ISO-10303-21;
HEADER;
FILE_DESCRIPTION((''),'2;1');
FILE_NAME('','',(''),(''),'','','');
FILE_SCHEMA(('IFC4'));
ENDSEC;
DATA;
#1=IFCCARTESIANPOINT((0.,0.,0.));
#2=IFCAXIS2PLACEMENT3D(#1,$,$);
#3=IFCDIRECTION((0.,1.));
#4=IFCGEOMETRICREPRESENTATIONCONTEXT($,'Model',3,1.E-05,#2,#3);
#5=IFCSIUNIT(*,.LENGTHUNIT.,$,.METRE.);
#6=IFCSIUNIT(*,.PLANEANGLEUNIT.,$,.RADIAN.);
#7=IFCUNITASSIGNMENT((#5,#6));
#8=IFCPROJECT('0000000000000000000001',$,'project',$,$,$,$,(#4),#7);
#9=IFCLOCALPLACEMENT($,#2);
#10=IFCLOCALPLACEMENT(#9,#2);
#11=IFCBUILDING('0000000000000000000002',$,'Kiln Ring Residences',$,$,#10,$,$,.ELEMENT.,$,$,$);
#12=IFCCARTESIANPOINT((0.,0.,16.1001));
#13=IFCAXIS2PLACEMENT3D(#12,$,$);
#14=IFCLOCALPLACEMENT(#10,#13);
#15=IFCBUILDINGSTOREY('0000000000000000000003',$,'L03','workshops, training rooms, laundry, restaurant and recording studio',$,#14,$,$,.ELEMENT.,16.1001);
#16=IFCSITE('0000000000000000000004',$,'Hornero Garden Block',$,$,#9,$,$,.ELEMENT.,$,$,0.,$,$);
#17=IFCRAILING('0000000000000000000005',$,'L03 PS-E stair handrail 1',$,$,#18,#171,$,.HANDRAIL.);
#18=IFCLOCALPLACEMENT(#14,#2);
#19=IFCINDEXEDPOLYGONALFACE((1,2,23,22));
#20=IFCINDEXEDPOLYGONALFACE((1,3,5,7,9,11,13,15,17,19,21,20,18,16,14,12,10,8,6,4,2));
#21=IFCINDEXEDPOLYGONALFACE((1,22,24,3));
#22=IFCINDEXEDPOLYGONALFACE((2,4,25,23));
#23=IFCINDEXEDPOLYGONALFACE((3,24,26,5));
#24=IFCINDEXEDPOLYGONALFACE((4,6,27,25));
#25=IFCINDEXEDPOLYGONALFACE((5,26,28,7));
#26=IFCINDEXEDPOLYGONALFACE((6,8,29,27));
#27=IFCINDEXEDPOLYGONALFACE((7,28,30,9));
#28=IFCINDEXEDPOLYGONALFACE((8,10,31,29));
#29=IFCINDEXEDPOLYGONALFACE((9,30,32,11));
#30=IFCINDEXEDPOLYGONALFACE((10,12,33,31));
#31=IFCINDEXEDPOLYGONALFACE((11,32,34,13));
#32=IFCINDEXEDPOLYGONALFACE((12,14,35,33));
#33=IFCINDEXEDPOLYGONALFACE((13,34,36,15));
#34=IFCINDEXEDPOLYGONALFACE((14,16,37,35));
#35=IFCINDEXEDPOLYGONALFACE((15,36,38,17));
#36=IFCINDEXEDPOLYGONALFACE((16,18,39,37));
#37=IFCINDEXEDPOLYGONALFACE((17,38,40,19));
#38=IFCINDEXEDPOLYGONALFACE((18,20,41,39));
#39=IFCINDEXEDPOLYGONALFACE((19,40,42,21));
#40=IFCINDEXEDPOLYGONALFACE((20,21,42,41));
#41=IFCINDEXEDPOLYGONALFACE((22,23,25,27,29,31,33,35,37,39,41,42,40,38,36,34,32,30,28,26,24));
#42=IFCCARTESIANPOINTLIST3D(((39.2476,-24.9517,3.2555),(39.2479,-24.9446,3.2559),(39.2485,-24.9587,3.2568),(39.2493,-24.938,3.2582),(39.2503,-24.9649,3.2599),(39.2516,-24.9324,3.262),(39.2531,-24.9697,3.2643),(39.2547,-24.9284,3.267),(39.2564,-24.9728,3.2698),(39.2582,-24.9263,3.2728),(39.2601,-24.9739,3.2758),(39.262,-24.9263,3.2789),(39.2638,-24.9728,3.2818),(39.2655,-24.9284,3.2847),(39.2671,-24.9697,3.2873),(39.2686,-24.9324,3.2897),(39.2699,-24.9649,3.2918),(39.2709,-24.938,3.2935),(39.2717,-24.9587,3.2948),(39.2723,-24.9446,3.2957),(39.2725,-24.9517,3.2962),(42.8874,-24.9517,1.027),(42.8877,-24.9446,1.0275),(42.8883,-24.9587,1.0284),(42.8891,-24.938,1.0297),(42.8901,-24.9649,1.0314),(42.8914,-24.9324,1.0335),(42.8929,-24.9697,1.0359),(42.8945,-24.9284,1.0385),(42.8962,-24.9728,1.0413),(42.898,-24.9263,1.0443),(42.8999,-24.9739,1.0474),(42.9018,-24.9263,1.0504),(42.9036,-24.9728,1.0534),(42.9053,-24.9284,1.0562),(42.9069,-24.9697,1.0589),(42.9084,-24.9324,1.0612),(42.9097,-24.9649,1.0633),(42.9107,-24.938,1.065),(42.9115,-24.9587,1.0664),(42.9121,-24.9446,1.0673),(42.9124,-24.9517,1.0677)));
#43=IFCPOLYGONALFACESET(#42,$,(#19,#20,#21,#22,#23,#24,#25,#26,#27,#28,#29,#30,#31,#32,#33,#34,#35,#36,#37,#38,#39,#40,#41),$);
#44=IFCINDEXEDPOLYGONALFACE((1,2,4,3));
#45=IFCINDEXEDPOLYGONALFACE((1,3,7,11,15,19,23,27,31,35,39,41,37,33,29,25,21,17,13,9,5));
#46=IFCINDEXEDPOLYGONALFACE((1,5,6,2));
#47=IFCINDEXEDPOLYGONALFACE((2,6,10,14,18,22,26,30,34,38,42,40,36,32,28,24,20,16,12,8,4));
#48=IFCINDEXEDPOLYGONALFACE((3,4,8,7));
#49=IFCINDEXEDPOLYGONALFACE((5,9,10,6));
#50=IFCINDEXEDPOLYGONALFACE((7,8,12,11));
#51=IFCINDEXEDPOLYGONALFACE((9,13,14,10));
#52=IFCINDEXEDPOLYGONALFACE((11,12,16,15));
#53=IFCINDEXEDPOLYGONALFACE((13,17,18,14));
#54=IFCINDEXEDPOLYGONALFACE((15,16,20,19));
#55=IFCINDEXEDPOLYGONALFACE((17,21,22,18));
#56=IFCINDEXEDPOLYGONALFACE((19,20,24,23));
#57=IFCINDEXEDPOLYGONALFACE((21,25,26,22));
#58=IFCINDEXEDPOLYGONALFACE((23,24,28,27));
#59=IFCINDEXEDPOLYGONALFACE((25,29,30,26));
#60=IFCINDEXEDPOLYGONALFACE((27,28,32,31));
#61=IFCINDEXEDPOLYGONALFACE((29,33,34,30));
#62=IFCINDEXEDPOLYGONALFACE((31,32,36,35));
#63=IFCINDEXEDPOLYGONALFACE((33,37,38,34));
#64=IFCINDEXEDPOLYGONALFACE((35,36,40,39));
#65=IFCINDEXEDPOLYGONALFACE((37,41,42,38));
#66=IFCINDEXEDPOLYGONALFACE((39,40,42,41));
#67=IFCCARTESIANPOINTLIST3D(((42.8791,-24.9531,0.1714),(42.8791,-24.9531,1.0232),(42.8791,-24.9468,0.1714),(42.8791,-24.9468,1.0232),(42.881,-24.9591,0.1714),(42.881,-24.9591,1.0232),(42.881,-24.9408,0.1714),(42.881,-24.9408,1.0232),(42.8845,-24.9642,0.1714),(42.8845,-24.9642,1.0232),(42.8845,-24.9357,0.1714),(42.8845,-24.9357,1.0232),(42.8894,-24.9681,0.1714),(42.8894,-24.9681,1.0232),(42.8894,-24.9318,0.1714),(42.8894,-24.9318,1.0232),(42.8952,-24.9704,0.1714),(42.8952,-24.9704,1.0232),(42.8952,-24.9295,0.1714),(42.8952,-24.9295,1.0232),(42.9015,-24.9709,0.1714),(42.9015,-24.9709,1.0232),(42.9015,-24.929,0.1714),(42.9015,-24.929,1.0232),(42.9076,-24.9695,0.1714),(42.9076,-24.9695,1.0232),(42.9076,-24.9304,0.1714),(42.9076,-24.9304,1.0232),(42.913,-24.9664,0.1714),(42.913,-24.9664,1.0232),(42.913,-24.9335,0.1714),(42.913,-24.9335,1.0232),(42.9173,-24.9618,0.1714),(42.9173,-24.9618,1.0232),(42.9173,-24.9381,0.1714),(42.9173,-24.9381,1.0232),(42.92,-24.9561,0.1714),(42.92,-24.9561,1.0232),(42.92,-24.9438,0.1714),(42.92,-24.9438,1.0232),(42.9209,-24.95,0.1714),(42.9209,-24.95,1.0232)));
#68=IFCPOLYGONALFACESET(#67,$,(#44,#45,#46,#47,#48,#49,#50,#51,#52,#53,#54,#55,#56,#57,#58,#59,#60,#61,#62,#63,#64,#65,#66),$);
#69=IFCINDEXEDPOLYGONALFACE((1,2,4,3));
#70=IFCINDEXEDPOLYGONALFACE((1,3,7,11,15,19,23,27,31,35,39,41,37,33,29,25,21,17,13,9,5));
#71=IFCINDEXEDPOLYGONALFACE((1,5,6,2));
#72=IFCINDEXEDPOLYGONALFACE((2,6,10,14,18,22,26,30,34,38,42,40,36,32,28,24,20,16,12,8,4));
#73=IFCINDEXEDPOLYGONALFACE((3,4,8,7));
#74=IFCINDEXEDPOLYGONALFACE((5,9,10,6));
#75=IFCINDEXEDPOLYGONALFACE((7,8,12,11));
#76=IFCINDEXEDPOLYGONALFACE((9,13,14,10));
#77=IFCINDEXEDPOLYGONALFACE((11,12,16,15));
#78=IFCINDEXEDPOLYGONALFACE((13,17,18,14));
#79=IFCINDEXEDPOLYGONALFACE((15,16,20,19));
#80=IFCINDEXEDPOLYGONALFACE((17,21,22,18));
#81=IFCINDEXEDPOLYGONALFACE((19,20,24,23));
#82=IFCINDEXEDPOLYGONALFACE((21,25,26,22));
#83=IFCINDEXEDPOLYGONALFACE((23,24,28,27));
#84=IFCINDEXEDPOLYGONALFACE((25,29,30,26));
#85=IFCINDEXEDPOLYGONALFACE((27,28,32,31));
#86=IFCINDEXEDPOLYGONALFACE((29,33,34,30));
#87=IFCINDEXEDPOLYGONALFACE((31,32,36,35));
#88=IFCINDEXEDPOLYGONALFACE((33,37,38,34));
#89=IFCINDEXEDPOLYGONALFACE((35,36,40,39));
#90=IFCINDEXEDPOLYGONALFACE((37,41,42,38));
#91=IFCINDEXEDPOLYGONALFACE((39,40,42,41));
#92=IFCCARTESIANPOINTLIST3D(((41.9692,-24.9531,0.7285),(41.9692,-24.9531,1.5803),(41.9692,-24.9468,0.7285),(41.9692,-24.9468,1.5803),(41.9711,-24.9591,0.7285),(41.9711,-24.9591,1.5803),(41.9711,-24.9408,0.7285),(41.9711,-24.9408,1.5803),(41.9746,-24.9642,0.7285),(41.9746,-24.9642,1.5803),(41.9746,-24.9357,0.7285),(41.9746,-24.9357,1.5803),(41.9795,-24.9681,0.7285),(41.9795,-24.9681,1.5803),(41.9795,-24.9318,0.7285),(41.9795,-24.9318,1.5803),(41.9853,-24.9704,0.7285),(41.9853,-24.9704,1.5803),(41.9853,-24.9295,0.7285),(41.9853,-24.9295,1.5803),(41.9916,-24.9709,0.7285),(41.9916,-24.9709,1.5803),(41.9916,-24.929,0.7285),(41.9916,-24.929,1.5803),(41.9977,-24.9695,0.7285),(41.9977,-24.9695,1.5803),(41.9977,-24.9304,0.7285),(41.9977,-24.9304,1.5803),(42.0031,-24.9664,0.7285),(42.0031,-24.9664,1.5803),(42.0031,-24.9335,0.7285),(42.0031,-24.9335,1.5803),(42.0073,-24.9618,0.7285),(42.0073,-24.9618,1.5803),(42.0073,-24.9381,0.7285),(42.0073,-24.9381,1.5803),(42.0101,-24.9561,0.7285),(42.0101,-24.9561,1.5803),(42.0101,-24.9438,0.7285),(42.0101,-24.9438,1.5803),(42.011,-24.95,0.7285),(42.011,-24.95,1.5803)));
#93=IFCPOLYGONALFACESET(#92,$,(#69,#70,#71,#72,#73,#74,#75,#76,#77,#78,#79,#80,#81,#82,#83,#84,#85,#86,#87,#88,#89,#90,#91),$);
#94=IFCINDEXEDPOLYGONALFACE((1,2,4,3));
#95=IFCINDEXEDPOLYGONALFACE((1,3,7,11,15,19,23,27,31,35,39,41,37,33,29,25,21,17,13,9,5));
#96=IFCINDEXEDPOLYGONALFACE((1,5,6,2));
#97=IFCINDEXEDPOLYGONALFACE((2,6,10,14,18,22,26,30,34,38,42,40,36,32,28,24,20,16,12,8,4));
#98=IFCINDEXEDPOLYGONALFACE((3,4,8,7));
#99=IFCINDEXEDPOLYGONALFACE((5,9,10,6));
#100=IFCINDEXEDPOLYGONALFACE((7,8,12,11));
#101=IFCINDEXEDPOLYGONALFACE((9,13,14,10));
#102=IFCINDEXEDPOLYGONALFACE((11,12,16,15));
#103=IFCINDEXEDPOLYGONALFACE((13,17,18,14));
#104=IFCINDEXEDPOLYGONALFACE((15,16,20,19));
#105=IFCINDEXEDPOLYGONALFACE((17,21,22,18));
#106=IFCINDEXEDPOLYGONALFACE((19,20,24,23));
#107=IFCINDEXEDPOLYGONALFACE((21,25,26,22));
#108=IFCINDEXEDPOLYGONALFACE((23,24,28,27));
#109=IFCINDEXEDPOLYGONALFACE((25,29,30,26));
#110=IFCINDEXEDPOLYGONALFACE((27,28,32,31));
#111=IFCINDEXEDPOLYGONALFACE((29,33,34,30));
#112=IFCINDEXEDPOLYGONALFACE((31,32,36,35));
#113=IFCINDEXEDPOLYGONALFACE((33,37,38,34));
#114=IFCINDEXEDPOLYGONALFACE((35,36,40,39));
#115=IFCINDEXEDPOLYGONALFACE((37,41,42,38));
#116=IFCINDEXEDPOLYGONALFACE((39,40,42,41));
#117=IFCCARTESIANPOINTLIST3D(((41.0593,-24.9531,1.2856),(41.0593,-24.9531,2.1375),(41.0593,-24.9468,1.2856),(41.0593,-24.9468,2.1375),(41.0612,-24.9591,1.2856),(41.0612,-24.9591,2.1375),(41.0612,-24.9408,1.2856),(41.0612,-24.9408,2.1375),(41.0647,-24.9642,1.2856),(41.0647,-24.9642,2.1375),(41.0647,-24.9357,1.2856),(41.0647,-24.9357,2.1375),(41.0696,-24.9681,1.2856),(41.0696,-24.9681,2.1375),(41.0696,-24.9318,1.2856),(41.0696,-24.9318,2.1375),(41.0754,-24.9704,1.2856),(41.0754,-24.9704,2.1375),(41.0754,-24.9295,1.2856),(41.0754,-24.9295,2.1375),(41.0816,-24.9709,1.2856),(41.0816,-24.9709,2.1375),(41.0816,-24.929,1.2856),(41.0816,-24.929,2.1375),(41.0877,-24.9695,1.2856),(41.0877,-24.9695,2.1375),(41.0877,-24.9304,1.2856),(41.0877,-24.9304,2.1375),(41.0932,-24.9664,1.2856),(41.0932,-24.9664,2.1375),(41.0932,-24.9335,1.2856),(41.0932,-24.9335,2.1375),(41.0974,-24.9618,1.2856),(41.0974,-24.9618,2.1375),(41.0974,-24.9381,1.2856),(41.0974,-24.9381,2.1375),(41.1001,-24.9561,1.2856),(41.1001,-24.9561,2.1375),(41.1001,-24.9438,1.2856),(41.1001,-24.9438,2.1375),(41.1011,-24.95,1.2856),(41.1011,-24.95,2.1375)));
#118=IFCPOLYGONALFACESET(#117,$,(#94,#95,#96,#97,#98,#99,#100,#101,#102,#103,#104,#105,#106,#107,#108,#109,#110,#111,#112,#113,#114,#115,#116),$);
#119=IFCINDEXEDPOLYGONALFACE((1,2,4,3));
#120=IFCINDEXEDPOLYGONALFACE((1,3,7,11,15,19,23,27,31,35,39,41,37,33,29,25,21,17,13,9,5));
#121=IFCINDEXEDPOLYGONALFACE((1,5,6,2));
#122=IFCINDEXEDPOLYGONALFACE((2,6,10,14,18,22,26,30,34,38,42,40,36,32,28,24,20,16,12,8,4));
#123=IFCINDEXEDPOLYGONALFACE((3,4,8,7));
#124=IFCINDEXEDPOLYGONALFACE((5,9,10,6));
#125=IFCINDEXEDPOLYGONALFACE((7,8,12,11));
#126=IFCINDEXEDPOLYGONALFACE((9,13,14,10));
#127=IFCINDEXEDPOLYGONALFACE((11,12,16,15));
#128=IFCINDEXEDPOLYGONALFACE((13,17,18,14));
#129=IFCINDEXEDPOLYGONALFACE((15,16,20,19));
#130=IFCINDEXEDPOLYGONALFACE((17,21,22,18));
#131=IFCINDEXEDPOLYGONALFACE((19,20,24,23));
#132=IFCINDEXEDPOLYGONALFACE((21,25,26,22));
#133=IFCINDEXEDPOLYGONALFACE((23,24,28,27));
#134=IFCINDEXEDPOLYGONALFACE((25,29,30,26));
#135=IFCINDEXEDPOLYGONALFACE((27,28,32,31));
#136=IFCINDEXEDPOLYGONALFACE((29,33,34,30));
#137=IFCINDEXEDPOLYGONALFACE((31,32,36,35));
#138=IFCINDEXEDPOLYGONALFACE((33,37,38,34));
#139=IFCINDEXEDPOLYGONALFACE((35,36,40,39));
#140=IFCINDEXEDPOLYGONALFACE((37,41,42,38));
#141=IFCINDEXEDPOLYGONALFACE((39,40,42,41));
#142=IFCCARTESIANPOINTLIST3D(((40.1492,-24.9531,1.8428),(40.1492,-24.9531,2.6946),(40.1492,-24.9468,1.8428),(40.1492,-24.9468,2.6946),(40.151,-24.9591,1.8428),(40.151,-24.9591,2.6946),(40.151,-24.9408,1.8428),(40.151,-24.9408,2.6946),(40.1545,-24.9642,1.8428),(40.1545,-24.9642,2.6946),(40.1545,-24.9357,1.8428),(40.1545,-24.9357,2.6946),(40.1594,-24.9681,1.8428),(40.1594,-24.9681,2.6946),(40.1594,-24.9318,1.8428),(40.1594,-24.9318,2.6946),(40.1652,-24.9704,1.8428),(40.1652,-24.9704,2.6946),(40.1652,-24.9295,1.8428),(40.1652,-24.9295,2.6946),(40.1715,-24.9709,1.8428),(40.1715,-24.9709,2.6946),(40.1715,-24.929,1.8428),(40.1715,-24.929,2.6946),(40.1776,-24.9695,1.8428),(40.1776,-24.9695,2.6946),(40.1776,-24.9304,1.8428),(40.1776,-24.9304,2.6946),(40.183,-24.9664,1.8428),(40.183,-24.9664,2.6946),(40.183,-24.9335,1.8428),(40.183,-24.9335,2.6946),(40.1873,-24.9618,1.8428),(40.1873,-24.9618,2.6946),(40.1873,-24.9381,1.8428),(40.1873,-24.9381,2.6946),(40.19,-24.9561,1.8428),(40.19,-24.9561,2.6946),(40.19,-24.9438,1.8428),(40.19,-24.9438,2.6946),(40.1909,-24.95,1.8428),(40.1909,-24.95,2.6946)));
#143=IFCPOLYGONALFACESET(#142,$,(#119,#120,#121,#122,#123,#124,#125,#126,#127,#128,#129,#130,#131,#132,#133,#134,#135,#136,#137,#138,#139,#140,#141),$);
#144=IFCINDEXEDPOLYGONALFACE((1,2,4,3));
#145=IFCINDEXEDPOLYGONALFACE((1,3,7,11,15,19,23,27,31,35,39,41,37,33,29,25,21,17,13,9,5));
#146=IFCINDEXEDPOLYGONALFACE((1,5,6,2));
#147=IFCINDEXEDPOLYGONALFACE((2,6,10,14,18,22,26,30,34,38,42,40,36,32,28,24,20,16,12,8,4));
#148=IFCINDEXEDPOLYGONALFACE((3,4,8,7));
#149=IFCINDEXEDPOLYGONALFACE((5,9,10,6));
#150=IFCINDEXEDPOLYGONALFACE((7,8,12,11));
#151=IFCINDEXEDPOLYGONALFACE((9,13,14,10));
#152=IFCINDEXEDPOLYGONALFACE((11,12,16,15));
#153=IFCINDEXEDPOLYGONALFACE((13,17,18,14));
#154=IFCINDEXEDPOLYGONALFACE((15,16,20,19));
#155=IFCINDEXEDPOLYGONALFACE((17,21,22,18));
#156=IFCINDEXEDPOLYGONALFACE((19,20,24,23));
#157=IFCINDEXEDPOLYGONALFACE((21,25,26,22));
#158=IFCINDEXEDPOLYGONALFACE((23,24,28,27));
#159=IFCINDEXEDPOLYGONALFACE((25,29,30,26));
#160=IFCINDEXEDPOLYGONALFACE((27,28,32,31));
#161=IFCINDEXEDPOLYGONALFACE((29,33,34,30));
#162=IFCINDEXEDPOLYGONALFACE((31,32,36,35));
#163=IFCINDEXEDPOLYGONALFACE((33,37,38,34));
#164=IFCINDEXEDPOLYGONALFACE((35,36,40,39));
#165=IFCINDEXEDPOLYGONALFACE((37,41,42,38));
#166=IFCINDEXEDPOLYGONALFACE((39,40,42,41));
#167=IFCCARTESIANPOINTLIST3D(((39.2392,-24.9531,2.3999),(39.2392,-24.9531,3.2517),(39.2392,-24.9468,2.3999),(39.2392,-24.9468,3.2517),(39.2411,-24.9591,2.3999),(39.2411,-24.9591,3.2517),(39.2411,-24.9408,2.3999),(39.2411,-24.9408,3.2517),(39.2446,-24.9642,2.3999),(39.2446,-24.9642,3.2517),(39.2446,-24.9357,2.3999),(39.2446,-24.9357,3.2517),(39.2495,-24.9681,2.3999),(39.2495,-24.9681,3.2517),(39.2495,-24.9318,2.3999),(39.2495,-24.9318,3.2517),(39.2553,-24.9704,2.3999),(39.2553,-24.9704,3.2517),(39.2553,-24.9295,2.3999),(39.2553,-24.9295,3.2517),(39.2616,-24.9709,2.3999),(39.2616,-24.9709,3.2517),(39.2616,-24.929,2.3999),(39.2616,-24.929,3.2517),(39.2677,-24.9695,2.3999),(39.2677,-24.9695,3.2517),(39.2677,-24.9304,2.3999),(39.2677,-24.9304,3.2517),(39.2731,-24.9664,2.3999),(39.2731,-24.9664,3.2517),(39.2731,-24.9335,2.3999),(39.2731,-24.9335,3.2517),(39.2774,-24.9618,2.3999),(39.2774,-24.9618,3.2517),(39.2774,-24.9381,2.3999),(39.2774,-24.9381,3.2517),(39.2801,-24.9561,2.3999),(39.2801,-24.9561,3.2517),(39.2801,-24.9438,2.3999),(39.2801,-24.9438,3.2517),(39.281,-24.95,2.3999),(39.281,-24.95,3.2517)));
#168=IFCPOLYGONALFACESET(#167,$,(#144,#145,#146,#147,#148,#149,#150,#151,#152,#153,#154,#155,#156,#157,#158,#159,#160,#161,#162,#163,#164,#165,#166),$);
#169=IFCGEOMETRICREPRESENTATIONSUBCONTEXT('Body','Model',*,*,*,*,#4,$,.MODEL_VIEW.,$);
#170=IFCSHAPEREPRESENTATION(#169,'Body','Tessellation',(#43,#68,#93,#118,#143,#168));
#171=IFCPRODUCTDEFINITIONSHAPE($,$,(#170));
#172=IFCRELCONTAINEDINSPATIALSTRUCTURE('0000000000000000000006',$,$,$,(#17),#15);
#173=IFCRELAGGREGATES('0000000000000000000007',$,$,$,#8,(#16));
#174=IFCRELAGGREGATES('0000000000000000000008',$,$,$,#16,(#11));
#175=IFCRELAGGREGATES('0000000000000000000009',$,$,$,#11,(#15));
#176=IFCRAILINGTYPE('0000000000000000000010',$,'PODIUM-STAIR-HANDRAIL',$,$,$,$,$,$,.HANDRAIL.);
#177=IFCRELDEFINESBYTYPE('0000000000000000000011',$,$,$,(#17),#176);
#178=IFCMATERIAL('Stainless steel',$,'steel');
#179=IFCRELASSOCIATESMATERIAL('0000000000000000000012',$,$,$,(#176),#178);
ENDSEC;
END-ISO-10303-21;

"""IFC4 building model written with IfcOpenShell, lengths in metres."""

from ifc_helpers import new_model, si_unit, direction, frame, origin, origin_2d, place, context, subcontext, project, spatial, circle, extrude, material, type_object, element, save


model = new_model("IFC4")

# Units and contexts
model_context = context("Model", 3, precision=1e-05, world=origin(), true_north=direction((0.0, 1.0)))
body_context = subcontext(model_context, "Body", "Model", "MODEL_VIEW")
ifc_project = project(units=[si_unit("LENGTHUNIT", "METRE"), si_unit("PLANEANGLEUNIT", "RADIAN")], contexts=[model_context])

# Site, building, storey
site_placement = place(None, origin())
site = spatial("IfcSite", under=ifc_project, at=site_placement, Name="Hornero Garden Block", CompositionType="ELEMENT", RefElevation=0.0)
building_placement = place(site_placement, origin())
building = spatial("IfcBuilding", under=site, at=building_placement, Name="Kiln Ring Residences", CompositionType="ELEMENT")
storey_placement = place(building_placement, frame((0.0, 0.0, 16.1001)))
storey = spatial("IfcBuildingStorey", under=building, at=storey_placement, Name="L03", Description="workshops, training rooms, laundry, restaurant and recording studio", CompositionType="ELEMENT", Elevation=16.1001)

# Railing
ifc_material_1 = material(Name="Stainless steel", Category="steel")
railing_type_1 = type_object("IfcRailingType", Name="PODIUM-STAIR-HANDRAIL", PredefinedType="HANDRAIL", material=ifc_material_1)
railing_1_placement = place(storey_placement, frame((42.8999, -24.95, 0.1714)))
element("IfcRailing", 1, at=railing_1_placement, inside=storey, type_object=railing_type_1, Name="L03 PS-E stair handrail 1", PredefinedType="HANDRAIL", context=body_context, shape_type="SweptSolid", body=[
    extrude(circle(Radius=0.0239, at=origin_2d()), frame((0.0, 0.0, 0.876), z_axis=(-0.85285, 0.0, 0.522156), x_axis=(0.0, -1.0, 0.0)), (0.0, 0.0, 1.0), 4.2678),
    extrude(circle(Radius=0.021, at=origin_2d()), origin(), (0.0, 0.0, 1.0), 0.8518),
    extrude(circle(Radius=0.021, at=origin_2d()), frame((-0.9099, 0.0, 0.5571)), (0.0, 0.0, 1.0), 0.8518),
    extrude(circle(Radius=0.021, at=origin_2d()), frame((-1.8198, 0.0, 1.1143)), (0.0, 0.0, 1.0), 0.8518),
    extrude(circle(Radius=0.021, at=origin_2d()), frame((-2.73, 0.0, 1.6714)), (0.0, 0.0, 1.0), 0.8518),
    extrude(circle(Radius=0.021, at=origin_2d()), frame((-3.6399, 0.0, 2.2285)), (0.0, 0.0, 1.0), 0.8518),
])

save(model, "model.ifc")
